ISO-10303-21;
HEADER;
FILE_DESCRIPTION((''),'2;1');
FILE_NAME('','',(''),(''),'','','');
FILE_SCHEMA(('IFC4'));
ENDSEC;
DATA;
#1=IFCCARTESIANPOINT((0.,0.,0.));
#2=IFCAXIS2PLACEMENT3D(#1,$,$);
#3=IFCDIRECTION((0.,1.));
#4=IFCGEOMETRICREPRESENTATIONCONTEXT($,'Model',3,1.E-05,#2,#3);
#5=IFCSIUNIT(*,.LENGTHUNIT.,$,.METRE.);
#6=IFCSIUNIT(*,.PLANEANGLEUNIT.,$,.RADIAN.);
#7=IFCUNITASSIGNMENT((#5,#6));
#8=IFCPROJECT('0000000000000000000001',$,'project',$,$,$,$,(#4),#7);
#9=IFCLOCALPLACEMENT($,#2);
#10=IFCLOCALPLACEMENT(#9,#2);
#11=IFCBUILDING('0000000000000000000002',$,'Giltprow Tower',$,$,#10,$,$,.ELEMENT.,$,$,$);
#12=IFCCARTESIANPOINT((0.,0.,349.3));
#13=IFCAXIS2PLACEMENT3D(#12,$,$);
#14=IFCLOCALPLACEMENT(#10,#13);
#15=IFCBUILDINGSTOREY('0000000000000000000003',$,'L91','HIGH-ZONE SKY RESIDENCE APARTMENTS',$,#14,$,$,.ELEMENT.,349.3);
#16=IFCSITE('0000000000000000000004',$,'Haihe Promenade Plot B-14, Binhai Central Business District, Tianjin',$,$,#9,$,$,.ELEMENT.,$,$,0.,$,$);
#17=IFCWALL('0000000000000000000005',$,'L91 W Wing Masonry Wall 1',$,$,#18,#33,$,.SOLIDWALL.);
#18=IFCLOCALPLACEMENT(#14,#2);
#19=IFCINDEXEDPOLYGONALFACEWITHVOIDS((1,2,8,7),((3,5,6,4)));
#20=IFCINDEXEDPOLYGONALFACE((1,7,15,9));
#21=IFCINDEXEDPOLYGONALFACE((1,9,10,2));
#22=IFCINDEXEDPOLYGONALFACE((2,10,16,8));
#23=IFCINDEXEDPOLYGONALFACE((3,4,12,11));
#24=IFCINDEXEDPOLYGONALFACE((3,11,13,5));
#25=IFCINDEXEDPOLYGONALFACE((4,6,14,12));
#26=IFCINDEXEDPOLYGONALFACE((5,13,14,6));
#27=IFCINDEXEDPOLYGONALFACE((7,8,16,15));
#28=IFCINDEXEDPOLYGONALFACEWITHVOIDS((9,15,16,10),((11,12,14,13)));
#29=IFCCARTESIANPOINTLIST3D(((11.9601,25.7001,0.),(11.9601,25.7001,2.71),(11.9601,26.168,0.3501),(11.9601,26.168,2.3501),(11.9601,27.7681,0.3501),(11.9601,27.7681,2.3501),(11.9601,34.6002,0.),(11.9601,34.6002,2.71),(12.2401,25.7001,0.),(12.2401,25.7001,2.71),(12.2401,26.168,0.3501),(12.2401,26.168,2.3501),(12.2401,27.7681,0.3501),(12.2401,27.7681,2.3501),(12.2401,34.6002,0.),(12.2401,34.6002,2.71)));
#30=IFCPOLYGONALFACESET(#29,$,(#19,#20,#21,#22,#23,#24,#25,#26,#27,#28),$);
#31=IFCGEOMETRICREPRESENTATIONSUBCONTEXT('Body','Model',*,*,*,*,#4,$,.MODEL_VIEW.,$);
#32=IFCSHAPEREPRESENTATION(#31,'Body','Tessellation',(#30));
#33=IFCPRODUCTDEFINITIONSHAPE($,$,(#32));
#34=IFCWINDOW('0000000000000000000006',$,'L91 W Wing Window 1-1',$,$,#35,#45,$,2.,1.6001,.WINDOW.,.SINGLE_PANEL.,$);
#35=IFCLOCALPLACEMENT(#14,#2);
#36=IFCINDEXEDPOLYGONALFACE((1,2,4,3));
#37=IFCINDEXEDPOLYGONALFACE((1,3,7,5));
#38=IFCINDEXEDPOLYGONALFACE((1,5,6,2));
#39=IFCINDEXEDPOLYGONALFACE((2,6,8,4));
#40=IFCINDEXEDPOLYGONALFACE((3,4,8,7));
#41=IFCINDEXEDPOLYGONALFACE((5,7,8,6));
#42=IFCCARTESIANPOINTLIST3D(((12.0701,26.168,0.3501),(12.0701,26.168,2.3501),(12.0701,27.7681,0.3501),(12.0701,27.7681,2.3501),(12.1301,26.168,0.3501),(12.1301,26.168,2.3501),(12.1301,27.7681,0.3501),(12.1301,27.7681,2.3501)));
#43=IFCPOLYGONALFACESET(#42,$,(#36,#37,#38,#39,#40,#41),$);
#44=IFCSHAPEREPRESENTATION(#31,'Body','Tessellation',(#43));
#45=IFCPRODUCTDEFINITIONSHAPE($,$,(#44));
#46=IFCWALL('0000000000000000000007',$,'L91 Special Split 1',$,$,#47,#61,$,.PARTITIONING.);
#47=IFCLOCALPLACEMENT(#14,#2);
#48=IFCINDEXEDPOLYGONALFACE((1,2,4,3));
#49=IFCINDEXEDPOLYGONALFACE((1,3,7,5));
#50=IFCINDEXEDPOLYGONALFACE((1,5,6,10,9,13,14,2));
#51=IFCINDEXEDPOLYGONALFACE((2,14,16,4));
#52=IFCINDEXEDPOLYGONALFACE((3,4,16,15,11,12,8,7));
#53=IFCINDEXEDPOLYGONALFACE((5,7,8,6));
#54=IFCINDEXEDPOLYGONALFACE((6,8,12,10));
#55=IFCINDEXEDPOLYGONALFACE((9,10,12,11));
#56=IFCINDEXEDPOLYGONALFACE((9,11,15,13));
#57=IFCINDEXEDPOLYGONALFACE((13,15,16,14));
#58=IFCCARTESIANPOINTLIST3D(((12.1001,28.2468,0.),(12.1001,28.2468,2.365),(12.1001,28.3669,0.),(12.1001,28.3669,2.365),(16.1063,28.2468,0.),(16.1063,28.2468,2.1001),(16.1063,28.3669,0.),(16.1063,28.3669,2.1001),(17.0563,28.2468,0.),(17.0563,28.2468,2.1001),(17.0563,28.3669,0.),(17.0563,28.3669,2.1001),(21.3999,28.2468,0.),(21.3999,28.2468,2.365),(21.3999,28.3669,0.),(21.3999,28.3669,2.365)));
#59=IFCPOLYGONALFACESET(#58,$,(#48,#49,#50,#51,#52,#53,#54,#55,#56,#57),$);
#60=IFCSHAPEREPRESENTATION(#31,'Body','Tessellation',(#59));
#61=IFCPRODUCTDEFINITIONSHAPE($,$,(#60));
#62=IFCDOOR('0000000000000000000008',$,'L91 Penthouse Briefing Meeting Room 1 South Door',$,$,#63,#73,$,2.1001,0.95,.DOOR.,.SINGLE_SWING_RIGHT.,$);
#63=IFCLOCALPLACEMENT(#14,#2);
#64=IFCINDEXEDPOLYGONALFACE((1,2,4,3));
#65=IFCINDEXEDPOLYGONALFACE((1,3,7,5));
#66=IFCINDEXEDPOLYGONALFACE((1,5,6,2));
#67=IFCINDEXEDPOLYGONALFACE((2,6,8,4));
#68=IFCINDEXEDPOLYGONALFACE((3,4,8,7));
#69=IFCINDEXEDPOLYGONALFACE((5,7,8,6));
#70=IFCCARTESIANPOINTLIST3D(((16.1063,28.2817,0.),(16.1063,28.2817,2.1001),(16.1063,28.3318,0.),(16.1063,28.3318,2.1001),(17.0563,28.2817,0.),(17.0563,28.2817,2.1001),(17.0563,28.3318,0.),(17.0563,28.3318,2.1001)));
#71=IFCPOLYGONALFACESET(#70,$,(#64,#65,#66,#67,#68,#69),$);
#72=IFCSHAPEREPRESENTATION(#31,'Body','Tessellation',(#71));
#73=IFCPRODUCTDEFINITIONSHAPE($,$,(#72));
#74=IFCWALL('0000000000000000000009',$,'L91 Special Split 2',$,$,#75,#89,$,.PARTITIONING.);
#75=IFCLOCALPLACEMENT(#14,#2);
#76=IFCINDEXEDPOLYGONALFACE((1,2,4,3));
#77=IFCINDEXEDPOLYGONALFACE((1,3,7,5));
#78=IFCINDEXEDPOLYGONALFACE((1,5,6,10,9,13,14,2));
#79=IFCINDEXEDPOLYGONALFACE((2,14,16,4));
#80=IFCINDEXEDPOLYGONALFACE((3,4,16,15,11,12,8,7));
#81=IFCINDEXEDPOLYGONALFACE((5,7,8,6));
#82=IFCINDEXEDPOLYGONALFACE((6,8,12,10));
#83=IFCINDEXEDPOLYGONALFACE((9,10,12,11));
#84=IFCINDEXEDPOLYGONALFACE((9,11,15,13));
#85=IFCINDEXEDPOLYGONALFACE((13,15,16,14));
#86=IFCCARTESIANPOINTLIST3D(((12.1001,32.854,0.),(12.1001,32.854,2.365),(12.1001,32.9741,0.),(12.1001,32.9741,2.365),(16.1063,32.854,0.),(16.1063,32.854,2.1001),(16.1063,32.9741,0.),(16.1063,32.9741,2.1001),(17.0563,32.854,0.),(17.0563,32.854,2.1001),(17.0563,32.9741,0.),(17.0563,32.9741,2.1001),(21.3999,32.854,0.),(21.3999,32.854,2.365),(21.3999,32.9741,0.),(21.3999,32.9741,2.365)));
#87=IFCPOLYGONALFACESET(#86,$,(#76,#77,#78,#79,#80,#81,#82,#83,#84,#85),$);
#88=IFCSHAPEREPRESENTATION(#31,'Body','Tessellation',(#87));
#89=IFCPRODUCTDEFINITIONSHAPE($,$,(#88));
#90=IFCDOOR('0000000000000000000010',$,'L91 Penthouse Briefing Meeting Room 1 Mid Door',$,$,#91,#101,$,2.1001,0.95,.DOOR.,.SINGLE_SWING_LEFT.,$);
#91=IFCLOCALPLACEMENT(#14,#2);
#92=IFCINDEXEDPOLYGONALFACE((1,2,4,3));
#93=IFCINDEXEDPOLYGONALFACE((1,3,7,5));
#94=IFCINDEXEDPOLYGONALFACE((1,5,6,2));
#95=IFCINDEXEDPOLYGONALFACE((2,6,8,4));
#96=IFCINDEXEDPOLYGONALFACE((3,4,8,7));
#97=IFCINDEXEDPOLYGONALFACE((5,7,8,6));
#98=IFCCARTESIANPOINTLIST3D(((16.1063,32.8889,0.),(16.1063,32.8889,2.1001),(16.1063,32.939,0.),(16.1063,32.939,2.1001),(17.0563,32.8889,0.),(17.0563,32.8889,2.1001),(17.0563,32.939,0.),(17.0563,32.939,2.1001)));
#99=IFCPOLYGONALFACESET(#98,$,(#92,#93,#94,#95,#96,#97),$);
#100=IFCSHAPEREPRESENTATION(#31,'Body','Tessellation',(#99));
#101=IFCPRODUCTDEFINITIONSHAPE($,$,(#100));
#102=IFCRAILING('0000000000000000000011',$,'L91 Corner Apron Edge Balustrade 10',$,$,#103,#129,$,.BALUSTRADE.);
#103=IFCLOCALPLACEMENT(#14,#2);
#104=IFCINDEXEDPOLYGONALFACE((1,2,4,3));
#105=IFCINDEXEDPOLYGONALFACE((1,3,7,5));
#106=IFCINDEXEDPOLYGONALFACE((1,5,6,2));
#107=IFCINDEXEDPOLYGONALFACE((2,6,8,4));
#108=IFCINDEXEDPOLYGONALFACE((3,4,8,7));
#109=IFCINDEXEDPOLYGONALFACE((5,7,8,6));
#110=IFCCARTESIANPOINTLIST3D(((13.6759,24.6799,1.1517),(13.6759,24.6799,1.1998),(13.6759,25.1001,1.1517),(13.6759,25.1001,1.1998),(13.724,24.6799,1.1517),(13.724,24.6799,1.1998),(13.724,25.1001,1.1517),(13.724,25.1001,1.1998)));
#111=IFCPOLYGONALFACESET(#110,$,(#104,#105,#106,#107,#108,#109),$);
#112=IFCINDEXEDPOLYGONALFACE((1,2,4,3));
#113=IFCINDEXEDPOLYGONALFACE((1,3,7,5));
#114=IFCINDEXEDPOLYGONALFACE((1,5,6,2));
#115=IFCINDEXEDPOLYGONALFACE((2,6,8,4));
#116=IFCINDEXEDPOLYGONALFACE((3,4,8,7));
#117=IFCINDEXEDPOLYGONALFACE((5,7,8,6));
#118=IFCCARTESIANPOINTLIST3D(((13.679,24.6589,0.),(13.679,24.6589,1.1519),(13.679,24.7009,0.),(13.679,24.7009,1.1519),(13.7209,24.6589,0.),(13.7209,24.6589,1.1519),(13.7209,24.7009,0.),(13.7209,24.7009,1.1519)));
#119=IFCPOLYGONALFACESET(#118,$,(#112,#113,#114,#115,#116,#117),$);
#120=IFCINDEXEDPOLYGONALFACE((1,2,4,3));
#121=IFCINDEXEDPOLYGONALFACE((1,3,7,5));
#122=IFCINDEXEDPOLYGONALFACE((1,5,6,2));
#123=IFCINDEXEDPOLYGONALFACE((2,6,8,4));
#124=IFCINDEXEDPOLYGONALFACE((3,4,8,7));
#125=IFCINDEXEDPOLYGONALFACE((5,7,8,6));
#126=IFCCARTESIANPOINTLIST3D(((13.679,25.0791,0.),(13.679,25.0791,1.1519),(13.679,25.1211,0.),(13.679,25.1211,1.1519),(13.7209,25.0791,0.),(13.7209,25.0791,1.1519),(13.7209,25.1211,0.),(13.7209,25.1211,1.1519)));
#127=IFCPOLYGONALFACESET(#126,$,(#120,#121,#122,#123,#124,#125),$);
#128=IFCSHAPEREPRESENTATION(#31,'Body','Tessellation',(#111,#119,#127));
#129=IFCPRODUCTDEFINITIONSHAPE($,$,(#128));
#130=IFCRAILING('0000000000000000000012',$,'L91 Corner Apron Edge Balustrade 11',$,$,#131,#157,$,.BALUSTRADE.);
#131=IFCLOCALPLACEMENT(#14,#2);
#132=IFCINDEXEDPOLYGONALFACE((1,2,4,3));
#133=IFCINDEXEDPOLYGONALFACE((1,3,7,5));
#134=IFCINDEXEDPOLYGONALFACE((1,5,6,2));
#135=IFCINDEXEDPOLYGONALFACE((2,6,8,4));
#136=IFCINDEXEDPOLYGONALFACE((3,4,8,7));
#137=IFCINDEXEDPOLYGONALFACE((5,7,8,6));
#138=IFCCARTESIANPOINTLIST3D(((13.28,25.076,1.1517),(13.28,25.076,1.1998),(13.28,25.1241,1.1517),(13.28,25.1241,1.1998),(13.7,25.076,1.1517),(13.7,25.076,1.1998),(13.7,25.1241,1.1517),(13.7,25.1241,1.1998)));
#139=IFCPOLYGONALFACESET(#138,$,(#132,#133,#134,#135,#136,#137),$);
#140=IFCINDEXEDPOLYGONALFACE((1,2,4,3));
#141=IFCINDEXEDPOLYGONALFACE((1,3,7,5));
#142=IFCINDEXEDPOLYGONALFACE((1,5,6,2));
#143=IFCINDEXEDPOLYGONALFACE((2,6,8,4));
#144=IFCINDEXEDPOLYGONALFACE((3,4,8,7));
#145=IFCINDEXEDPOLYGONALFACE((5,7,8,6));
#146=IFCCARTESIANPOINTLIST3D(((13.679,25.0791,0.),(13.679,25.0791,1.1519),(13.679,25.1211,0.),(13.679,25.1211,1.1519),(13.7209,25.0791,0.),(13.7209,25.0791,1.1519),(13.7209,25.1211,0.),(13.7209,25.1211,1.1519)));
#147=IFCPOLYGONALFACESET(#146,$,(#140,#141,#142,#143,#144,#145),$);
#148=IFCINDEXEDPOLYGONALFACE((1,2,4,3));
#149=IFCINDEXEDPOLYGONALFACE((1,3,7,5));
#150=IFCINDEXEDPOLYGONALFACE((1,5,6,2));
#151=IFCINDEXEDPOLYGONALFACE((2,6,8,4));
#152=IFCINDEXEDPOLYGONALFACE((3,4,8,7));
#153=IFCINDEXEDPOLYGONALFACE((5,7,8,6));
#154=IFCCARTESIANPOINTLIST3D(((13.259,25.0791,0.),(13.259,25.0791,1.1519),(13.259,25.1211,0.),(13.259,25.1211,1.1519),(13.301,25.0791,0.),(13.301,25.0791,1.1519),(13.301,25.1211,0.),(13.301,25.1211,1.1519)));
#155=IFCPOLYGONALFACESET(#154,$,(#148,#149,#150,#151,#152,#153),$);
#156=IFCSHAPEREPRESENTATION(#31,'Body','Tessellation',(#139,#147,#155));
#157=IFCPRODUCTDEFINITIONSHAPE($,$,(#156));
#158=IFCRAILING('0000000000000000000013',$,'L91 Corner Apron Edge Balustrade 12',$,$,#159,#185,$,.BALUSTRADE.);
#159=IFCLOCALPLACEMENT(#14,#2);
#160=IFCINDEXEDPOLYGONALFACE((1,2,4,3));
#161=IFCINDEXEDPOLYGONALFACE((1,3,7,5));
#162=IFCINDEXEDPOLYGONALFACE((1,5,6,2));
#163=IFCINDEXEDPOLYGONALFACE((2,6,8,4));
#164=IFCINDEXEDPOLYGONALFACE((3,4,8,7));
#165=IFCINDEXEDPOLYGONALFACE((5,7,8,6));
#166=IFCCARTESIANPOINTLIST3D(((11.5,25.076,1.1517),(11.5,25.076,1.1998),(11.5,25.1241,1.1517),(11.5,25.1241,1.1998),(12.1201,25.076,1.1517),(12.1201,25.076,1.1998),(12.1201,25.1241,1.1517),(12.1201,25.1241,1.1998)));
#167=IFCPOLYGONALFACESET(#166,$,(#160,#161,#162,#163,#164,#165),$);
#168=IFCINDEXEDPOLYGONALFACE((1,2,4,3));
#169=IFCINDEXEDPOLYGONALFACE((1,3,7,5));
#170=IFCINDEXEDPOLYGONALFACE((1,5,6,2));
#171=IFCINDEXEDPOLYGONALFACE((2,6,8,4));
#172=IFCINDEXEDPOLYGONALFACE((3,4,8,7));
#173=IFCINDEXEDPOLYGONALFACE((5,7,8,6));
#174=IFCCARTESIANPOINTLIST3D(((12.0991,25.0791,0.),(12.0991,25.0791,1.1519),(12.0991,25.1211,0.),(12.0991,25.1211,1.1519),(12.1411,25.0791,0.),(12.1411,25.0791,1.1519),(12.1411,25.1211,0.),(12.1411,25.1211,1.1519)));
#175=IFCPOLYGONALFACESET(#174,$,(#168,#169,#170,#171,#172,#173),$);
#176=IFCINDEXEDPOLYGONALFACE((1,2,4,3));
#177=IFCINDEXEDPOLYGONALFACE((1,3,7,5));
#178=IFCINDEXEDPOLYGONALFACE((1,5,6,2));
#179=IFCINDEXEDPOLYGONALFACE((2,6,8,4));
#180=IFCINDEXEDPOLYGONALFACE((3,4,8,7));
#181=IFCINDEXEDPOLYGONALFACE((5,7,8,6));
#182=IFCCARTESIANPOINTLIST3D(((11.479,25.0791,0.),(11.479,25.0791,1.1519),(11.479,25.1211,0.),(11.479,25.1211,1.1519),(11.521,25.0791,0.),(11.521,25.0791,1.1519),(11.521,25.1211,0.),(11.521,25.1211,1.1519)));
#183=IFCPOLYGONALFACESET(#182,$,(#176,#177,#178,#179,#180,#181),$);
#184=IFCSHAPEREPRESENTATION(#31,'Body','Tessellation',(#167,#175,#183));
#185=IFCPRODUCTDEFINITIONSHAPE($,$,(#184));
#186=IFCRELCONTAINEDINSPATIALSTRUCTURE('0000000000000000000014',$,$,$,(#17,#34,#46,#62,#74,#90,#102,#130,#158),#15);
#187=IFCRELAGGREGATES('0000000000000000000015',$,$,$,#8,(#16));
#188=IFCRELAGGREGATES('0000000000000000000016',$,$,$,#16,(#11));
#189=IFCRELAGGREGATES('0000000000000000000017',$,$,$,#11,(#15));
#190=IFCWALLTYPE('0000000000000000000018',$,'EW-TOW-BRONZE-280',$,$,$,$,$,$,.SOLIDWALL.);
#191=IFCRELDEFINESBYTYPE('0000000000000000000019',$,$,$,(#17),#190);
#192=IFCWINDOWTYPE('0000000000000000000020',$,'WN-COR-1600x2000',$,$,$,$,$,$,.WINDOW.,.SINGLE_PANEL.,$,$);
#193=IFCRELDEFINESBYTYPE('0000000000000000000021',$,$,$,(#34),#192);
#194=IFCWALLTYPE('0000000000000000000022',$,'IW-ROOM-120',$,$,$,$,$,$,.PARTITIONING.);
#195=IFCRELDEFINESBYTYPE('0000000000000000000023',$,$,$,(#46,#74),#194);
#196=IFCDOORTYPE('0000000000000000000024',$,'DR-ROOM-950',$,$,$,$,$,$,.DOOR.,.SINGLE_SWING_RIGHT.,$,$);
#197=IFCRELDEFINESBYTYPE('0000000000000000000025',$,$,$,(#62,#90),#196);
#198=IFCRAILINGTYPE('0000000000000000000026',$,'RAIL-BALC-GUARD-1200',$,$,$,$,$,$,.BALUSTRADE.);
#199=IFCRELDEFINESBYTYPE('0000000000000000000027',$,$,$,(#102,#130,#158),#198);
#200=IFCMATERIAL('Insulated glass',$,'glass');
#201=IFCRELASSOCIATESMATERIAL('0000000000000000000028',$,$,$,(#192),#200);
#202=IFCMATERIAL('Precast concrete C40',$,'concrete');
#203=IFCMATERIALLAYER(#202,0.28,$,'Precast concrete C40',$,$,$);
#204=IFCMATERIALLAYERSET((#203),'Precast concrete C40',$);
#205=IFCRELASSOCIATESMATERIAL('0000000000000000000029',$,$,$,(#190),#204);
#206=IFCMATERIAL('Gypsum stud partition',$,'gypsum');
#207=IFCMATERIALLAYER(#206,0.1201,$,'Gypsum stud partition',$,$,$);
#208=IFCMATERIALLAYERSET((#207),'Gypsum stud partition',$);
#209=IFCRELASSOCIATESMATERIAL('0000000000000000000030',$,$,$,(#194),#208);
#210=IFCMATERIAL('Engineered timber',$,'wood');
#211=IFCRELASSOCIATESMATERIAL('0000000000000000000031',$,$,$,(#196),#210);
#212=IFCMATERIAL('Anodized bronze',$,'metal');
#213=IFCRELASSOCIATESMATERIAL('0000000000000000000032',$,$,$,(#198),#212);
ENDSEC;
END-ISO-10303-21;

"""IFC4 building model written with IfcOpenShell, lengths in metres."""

from ifc_helpers import new_model, si_unit, direction, frame, frame_2d, origin, origin_2d, place, context, subcontext, project, spatial, rectangle, extrude, source, transform, mapped, material, layer, layer_set, type_object, element, fill, save


model = new_model("IFC4")

# Units and contexts
model_context = context("Model", 3, precision=1e-05, world=origin(), true_north=direction((0.0, 1.0)))
body_context = subcontext(model_context, "Body", "Model", "MODEL_VIEW")
ifc_project = project(units=[si_unit("LENGTHUNIT", "METRE"), si_unit("PLANEANGLEUNIT", "RADIAN")], contexts=[model_context])

# Site, building, storey
site_placement = place(None, origin())
site = spatial("IfcSite", under=ifc_project, at=site_placement, Name="Haihe Promenade Plot B-14, Binhai Central Business District, Tianjin", CompositionType="ELEMENT", RefElevation=0.0)
building_placement = place(site_placement, origin())
building = spatial("IfcBuilding", under=site, at=building_placement, Name="Giltprow Tower", CompositionType="ELEMENT")
storey_placement = place(building_placement, frame((0.0, 0.0, 349.3)))
storey = spatial("IfcBuildingStorey", under=building, at=storey_placement, Name="L91", Description="HIGH-ZONE SKY RESIDENCE APARTMENTS", CompositionType="ELEMENT", Elevation=349.3)

# Wall, opening, window
ifc_material_1 = material(Name="Precast concrete C40", Category="concrete")
ifc_material_2 = material(Name="Insulated glass", Category="glass")
window_type = type_object("IfcWindowType", Name="WN-COR-1600x2000", PartitioningType="SINGLE_PANEL", PredefinedType="WINDOW", material=ifc_material_2)
shared_shape_1 = source(origin(), body_context, "Body", "SweptSolid", [
    extrude(rectangle(XDim=1.6001, YDim=2.0, at=frame_2d((0.8, 1.0))), frame((0.0, 0.03, 0.0), z_axis=(0.0, -1.0, 0.0), x_axis=(1.0, 0.0, 0.0)), (0.0, 0.0, 1.0), 0.0601),
])
ifc_layer_1 = layer(ifc_material_1, 0.28, Name="Precast concrete C40")
ifc_layer_set_1 = layer_set([ifc_layer_1], Name="Precast concrete C40")
wall_type_1 = type_object("IfcWallType", Name="EW-TOW-BRONZE-280", PredefinedType="SOLIDWALL", material=ifc_layer_set_1)
wall_1_placement = place(storey_placement, frame((12.1001, 25.7, 0.0), z_axis=(0.0, 0.0, 1.0), x_axis=(0.0, 1.0, 0.0)))
wall_1 = element("IfcWall", 1, at=wall_1_placement, inside=storey, type_object=wall_type_1, Name="L91 W Wing Masonry Wall 1", PredefinedType="SOLIDWALL", context=body_context, shape_type="SweptSolid", body=[
    extrude(rectangle(XDim=8.9001, YDim=0.28, at=frame_2d((4.4502, 0.0))), origin(), (0.0, 0.0, 1.0), 2.71),
])
opening_1_placement = place(wall_1_placement, frame((0.468, 0.0, 0.3501)))
opening_1 = element("IfcOpeningElement", 2, at=opening_1_placement, cuts=wall_1, PredefinedType="OPENING", context=body_context, shape_type="SweptSolid", body=[
    extrude(rectangle(XDim=1.6001, YDim=2.0, at=frame_2d((0.8, 1.0))), frame((0.0, 0.1499, 0.0), z_axis=(0.0, -1.0, 0.0), x_axis=(1.0, 0.0, 0.0)), (0.0, 0.0, 1.0), 0.3),
])
window_1_placement = place(opening_1_placement, origin())
window_1 = element("IfcWindow", 3, at=window_1_placement, inside=storey, type_object=window_type, Name="L91 W Wing Window 1-1", OverallHeight=2.0, OverallWidth=1.6001, PartitioningType="SINGLE_PANEL", PredefinedType="WINDOW", context=body_context, shape_type="MappedRepresentation", body=[
    mapped(shared_shape_1, transform((0.0, 0.0, 0.0), x_axis=(1.0, 0.0, 0.0), y_axis=(0.0, 1.0, 0.0), z_axis=(0.0, 0.0, 1.0), scale=1.0)),
])
fill(opening_1, window_1)

# Walls, openings, doors
ifc_material_3 = material(Name="Gypsum stud partition", Category="gypsum")
ifc_layer_2 = layer(ifc_material_3, 0.1201, Name="Gypsum stud partition")
ifc_layer_set_2 = layer_set([ifc_layer_2], Name="Gypsum stud partition")
wall_type_2 = type_object("IfcWallType", Name="IW-ROOM-120", PredefinedType="PARTITIONING", material=ifc_layer_set_2)
wall_2_placement = place(storey_placement, frame((12.1001, 28.3069, 0.0), z_axis=(0.0, 0.0, 1.0), x_axis=(1.0, 0.0, 0.0)))
wall_2 = element("IfcWall", 4, at=wall_2_placement, inside=storey, type_object=wall_type_2, Name="L91 Special Split 1", PredefinedType="PARTITIONING", context=body_context, shape_type="SweptSolid", body=[
    extrude(rectangle(XDim=9.2998, YDim=0.1201, at=frame_2d((4.6499, 0.0))), origin(), (0.0, 0.0, 1.0), 2.365),
])
opening_2_placement = place(wall_2_placement, frame((4.0061, 0.0, 0.0)))
opening_2 = element("IfcOpeningElement", 5, at=opening_2_placement, cuts=wall_2, PredefinedType="OPENING", context=body_context, shape_type="SweptSolid", body=[
    extrude(rectangle(XDim=0.95, YDim=2.1001, at=frame_2d((0.4751, 1.05))), frame((0.0, 0.0701, 0.0), z_axis=(0.0, -1.0, 0.0), x_axis=(1.0, 0.0, 0.0)), (0.0, 0.0, 1.0), 0.1401),
])
ifc_material_4 = material(Name="Engineered timber", Category="wood")
door_type = type_object("IfcDoorType", Name="DR-ROOM-950", OperationType="SINGLE_SWING_RIGHT", PredefinedType="DOOR", material=ifc_material_4)
shared_shape_2 = source(origin(), body_context, "Body", "SweptSolid", [
    extrude(rectangle(XDim=0.95, YDim=2.1001, at=frame_2d((0.4751, 1.05))), frame((0.0, 0.0249, 0.0), z_axis=(0.0, -1.0, 0.0), x_axis=(1.0, 0.0, 0.0)), (0.0, 0.0, 1.0), 0.05),
])
door_1_placement = place(opening_2_placement, origin())
door_1 = element("IfcDoor", 6, at=door_1_placement, inside=storey, type_object=door_type, Name="L91 Penthouse Briefing Meeting Room 1 South Door", OperationType="SINGLE_SWING_RIGHT", OverallHeight=2.1001, OverallWidth=0.95, PredefinedType="DOOR", context=body_context, shape_type="MappedRepresentation", body=[
    mapped(shared_shape_2, transform((0.0, 0.0, 0.0), x_axis=(1.0, 0.0, 0.0), y_axis=(0.0, 1.0, 0.0), z_axis=(0.0, 0.0, 1.0), scale=1.0)),
])
fill(opening_2, door_1)
wall_3_placement = place(storey_placement, frame((12.1001, 32.9141, 0.0), z_axis=(0.0, 0.0, 1.0), x_axis=(1.0, 0.0, 0.0)))
wall_3 = element("IfcWall", 7, at=wall_3_placement, inside=storey, type_object=wall_type_2, Name="L91 Special Split 2", PredefinedType="PARTITIONING", context=body_context, shape_type="SweptSolid", body=[
    extrude(rectangle(XDim=9.2998, YDim=0.1201, at=frame_2d((4.6499, 0.0))), origin(), (0.0, 0.0, 1.0), 2.365),
])
opening_3_placement = place(wall_3_placement, frame((4.0061, 0.0, 0.0)))
opening_3 = element("IfcOpeningElement", 8, at=opening_3_placement, cuts=wall_3, PredefinedType="OPENING", context=body_context, shape_type="SweptSolid", body=[
    extrude(rectangle(XDim=0.95, YDim=2.1001, at=frame_2d((0.4751, 1.05))), frame((0.0, 0.0701, 0.0), z_axis=(0.0, -1.0, 0.0), x_axis=(1.0, 0.0, 0.0)), (0.0, 0.0, 1.0), 0.1401),
])
door_2_placement = place(opening_3_placement, origin())
door_2 = element("IfcDoor", 9, at=door_2_placement, inside=storey, type_object=door_type, Name="L91 Penthouse Briefing Meeting Room 1 Mid Door", OperationType="SINGLE_SWING_LEFT", OverallHeight=2.1001, OverallWidth=0.95, PredefinedType="DOOR", context=body_context, shape_type="MappedRepresentation", body=[
    mapped(shared_shape_2, transform((0.0, 0.0, 0.0), x_axis=(1.0, 0.0, 0.0), y_axis=(0.0, 1.0, 0.0), z_axis=(0.0, 0.0, 1.0), scale=1.0)),
])
fill(opening_3, door_2)

# Railings
ifc_material_5 = material(Name="Anodized bronze", Category="metal")
railing_type = type_object("IfcRailingType", Name="RAIL-BALC-GUARD-1200", PredefinedType="BALUSTRADE", material=ifc_material_5)
railing_1_placement = place(storey_placement, frame((13.7, 24.6799, 0.0)))
element("IfcRailing", 10, at=railing_1_placement, inside=storey, type_object=railing_type, Name="L91 Corner Apron Edge Balustrade 10", PredefinedType="BALUSTRADE", context=body_context, shape_type="SweptSolid", body=[
    extrude(rectangle(XDim=0.0481, YDim=0.0481, at=origin_2d()), frame((0.0, 0.0, 1.1758), z_axis=(0.0, 1.0, 0.0), x_axis=(-1.0, 0.0, 0.0)), (0.0, 0.0, 1.0), 0.4202),
    extrude(rectangle(XDim=0.042, YDim=0.042, at=origin_2d()), origin(), (0.0, 0.0, 1.0), 1.1519),
    extrude(rectangle(XDim=0.042, YDim=0.042, at=origin_2d()), frame((0.0, 0.4202, 0.0)), (0.0, 0.0, 1.0), 1.1519),
])
railing_2_placement = place(storey_placement, frame((13.7, 25.1001, 0.0)))
element("IfcRailing", 11, at=railing_2_placement, inside=storey, type_object=railing_type, Name="L91 Corner Apron Edge Balustrade 11", PredefinedType="BALUSTRADE", context=body_context, shape_type="SweptSolid", body=[
    extrude(rectangle(XDim=0.0481, YDim=0.0481, at=origin_2d()), frame((0.0, 0.0, 1.1758), z_axis=(-1.0, 0.0, 0.0), x_axis=(0.0, -1.0, 0.0)), (0.0, 0.0, 1.0), 0.4199),
    extrude(rectangle(XDim=0.042, YDim=0.042, at=origin_2d()), origin(), (0.0, 0.0, 1.0), 1.1519),
    extrude(rectangle(XDim=0.042, YDim=0.042, at=origin_2d()), frame((-0.4199, 0.0, 0.0)), (0.0, 0.0, 1.0), 1.1519),
])
railing_3_placement = place(storey_placement, frame((12.1201, 25.1001, 0.0)))
element("IfcRailing", 12, at=railing_3_placement, inside=storey, type_object=railing_type, Name="L91 Corner Apron Edge Balustrade 12", PredefinedType="BALUSTRADE", context=body_context, shape_type="SweptSolid", body=[
    extrude(rectangle(XDim=0.0481, YDim=0.0481, at=origin_2d()), frame((0.0, 0.0, 1.1758), z_axis=(-1.0, 0.0, 0.0), x_axis=(0.0, -1.0, 0.0)), (0.0, 0.0, 1.0), 0.6201),
    extrude(rectangle(XDim=0.042, YDim=0.042, at=origin_2d()), origin(), (0.0, 0.0, 1.0), 1.1519),
    extrude(rectangle(XDim=0.042, YDim=0.042, at=origin_2d()), frame((-0.6201, 0.0, 0.0)), (0.0, 0.0, 1.0), 1.1519),
])

save(model, "model.ifc")
